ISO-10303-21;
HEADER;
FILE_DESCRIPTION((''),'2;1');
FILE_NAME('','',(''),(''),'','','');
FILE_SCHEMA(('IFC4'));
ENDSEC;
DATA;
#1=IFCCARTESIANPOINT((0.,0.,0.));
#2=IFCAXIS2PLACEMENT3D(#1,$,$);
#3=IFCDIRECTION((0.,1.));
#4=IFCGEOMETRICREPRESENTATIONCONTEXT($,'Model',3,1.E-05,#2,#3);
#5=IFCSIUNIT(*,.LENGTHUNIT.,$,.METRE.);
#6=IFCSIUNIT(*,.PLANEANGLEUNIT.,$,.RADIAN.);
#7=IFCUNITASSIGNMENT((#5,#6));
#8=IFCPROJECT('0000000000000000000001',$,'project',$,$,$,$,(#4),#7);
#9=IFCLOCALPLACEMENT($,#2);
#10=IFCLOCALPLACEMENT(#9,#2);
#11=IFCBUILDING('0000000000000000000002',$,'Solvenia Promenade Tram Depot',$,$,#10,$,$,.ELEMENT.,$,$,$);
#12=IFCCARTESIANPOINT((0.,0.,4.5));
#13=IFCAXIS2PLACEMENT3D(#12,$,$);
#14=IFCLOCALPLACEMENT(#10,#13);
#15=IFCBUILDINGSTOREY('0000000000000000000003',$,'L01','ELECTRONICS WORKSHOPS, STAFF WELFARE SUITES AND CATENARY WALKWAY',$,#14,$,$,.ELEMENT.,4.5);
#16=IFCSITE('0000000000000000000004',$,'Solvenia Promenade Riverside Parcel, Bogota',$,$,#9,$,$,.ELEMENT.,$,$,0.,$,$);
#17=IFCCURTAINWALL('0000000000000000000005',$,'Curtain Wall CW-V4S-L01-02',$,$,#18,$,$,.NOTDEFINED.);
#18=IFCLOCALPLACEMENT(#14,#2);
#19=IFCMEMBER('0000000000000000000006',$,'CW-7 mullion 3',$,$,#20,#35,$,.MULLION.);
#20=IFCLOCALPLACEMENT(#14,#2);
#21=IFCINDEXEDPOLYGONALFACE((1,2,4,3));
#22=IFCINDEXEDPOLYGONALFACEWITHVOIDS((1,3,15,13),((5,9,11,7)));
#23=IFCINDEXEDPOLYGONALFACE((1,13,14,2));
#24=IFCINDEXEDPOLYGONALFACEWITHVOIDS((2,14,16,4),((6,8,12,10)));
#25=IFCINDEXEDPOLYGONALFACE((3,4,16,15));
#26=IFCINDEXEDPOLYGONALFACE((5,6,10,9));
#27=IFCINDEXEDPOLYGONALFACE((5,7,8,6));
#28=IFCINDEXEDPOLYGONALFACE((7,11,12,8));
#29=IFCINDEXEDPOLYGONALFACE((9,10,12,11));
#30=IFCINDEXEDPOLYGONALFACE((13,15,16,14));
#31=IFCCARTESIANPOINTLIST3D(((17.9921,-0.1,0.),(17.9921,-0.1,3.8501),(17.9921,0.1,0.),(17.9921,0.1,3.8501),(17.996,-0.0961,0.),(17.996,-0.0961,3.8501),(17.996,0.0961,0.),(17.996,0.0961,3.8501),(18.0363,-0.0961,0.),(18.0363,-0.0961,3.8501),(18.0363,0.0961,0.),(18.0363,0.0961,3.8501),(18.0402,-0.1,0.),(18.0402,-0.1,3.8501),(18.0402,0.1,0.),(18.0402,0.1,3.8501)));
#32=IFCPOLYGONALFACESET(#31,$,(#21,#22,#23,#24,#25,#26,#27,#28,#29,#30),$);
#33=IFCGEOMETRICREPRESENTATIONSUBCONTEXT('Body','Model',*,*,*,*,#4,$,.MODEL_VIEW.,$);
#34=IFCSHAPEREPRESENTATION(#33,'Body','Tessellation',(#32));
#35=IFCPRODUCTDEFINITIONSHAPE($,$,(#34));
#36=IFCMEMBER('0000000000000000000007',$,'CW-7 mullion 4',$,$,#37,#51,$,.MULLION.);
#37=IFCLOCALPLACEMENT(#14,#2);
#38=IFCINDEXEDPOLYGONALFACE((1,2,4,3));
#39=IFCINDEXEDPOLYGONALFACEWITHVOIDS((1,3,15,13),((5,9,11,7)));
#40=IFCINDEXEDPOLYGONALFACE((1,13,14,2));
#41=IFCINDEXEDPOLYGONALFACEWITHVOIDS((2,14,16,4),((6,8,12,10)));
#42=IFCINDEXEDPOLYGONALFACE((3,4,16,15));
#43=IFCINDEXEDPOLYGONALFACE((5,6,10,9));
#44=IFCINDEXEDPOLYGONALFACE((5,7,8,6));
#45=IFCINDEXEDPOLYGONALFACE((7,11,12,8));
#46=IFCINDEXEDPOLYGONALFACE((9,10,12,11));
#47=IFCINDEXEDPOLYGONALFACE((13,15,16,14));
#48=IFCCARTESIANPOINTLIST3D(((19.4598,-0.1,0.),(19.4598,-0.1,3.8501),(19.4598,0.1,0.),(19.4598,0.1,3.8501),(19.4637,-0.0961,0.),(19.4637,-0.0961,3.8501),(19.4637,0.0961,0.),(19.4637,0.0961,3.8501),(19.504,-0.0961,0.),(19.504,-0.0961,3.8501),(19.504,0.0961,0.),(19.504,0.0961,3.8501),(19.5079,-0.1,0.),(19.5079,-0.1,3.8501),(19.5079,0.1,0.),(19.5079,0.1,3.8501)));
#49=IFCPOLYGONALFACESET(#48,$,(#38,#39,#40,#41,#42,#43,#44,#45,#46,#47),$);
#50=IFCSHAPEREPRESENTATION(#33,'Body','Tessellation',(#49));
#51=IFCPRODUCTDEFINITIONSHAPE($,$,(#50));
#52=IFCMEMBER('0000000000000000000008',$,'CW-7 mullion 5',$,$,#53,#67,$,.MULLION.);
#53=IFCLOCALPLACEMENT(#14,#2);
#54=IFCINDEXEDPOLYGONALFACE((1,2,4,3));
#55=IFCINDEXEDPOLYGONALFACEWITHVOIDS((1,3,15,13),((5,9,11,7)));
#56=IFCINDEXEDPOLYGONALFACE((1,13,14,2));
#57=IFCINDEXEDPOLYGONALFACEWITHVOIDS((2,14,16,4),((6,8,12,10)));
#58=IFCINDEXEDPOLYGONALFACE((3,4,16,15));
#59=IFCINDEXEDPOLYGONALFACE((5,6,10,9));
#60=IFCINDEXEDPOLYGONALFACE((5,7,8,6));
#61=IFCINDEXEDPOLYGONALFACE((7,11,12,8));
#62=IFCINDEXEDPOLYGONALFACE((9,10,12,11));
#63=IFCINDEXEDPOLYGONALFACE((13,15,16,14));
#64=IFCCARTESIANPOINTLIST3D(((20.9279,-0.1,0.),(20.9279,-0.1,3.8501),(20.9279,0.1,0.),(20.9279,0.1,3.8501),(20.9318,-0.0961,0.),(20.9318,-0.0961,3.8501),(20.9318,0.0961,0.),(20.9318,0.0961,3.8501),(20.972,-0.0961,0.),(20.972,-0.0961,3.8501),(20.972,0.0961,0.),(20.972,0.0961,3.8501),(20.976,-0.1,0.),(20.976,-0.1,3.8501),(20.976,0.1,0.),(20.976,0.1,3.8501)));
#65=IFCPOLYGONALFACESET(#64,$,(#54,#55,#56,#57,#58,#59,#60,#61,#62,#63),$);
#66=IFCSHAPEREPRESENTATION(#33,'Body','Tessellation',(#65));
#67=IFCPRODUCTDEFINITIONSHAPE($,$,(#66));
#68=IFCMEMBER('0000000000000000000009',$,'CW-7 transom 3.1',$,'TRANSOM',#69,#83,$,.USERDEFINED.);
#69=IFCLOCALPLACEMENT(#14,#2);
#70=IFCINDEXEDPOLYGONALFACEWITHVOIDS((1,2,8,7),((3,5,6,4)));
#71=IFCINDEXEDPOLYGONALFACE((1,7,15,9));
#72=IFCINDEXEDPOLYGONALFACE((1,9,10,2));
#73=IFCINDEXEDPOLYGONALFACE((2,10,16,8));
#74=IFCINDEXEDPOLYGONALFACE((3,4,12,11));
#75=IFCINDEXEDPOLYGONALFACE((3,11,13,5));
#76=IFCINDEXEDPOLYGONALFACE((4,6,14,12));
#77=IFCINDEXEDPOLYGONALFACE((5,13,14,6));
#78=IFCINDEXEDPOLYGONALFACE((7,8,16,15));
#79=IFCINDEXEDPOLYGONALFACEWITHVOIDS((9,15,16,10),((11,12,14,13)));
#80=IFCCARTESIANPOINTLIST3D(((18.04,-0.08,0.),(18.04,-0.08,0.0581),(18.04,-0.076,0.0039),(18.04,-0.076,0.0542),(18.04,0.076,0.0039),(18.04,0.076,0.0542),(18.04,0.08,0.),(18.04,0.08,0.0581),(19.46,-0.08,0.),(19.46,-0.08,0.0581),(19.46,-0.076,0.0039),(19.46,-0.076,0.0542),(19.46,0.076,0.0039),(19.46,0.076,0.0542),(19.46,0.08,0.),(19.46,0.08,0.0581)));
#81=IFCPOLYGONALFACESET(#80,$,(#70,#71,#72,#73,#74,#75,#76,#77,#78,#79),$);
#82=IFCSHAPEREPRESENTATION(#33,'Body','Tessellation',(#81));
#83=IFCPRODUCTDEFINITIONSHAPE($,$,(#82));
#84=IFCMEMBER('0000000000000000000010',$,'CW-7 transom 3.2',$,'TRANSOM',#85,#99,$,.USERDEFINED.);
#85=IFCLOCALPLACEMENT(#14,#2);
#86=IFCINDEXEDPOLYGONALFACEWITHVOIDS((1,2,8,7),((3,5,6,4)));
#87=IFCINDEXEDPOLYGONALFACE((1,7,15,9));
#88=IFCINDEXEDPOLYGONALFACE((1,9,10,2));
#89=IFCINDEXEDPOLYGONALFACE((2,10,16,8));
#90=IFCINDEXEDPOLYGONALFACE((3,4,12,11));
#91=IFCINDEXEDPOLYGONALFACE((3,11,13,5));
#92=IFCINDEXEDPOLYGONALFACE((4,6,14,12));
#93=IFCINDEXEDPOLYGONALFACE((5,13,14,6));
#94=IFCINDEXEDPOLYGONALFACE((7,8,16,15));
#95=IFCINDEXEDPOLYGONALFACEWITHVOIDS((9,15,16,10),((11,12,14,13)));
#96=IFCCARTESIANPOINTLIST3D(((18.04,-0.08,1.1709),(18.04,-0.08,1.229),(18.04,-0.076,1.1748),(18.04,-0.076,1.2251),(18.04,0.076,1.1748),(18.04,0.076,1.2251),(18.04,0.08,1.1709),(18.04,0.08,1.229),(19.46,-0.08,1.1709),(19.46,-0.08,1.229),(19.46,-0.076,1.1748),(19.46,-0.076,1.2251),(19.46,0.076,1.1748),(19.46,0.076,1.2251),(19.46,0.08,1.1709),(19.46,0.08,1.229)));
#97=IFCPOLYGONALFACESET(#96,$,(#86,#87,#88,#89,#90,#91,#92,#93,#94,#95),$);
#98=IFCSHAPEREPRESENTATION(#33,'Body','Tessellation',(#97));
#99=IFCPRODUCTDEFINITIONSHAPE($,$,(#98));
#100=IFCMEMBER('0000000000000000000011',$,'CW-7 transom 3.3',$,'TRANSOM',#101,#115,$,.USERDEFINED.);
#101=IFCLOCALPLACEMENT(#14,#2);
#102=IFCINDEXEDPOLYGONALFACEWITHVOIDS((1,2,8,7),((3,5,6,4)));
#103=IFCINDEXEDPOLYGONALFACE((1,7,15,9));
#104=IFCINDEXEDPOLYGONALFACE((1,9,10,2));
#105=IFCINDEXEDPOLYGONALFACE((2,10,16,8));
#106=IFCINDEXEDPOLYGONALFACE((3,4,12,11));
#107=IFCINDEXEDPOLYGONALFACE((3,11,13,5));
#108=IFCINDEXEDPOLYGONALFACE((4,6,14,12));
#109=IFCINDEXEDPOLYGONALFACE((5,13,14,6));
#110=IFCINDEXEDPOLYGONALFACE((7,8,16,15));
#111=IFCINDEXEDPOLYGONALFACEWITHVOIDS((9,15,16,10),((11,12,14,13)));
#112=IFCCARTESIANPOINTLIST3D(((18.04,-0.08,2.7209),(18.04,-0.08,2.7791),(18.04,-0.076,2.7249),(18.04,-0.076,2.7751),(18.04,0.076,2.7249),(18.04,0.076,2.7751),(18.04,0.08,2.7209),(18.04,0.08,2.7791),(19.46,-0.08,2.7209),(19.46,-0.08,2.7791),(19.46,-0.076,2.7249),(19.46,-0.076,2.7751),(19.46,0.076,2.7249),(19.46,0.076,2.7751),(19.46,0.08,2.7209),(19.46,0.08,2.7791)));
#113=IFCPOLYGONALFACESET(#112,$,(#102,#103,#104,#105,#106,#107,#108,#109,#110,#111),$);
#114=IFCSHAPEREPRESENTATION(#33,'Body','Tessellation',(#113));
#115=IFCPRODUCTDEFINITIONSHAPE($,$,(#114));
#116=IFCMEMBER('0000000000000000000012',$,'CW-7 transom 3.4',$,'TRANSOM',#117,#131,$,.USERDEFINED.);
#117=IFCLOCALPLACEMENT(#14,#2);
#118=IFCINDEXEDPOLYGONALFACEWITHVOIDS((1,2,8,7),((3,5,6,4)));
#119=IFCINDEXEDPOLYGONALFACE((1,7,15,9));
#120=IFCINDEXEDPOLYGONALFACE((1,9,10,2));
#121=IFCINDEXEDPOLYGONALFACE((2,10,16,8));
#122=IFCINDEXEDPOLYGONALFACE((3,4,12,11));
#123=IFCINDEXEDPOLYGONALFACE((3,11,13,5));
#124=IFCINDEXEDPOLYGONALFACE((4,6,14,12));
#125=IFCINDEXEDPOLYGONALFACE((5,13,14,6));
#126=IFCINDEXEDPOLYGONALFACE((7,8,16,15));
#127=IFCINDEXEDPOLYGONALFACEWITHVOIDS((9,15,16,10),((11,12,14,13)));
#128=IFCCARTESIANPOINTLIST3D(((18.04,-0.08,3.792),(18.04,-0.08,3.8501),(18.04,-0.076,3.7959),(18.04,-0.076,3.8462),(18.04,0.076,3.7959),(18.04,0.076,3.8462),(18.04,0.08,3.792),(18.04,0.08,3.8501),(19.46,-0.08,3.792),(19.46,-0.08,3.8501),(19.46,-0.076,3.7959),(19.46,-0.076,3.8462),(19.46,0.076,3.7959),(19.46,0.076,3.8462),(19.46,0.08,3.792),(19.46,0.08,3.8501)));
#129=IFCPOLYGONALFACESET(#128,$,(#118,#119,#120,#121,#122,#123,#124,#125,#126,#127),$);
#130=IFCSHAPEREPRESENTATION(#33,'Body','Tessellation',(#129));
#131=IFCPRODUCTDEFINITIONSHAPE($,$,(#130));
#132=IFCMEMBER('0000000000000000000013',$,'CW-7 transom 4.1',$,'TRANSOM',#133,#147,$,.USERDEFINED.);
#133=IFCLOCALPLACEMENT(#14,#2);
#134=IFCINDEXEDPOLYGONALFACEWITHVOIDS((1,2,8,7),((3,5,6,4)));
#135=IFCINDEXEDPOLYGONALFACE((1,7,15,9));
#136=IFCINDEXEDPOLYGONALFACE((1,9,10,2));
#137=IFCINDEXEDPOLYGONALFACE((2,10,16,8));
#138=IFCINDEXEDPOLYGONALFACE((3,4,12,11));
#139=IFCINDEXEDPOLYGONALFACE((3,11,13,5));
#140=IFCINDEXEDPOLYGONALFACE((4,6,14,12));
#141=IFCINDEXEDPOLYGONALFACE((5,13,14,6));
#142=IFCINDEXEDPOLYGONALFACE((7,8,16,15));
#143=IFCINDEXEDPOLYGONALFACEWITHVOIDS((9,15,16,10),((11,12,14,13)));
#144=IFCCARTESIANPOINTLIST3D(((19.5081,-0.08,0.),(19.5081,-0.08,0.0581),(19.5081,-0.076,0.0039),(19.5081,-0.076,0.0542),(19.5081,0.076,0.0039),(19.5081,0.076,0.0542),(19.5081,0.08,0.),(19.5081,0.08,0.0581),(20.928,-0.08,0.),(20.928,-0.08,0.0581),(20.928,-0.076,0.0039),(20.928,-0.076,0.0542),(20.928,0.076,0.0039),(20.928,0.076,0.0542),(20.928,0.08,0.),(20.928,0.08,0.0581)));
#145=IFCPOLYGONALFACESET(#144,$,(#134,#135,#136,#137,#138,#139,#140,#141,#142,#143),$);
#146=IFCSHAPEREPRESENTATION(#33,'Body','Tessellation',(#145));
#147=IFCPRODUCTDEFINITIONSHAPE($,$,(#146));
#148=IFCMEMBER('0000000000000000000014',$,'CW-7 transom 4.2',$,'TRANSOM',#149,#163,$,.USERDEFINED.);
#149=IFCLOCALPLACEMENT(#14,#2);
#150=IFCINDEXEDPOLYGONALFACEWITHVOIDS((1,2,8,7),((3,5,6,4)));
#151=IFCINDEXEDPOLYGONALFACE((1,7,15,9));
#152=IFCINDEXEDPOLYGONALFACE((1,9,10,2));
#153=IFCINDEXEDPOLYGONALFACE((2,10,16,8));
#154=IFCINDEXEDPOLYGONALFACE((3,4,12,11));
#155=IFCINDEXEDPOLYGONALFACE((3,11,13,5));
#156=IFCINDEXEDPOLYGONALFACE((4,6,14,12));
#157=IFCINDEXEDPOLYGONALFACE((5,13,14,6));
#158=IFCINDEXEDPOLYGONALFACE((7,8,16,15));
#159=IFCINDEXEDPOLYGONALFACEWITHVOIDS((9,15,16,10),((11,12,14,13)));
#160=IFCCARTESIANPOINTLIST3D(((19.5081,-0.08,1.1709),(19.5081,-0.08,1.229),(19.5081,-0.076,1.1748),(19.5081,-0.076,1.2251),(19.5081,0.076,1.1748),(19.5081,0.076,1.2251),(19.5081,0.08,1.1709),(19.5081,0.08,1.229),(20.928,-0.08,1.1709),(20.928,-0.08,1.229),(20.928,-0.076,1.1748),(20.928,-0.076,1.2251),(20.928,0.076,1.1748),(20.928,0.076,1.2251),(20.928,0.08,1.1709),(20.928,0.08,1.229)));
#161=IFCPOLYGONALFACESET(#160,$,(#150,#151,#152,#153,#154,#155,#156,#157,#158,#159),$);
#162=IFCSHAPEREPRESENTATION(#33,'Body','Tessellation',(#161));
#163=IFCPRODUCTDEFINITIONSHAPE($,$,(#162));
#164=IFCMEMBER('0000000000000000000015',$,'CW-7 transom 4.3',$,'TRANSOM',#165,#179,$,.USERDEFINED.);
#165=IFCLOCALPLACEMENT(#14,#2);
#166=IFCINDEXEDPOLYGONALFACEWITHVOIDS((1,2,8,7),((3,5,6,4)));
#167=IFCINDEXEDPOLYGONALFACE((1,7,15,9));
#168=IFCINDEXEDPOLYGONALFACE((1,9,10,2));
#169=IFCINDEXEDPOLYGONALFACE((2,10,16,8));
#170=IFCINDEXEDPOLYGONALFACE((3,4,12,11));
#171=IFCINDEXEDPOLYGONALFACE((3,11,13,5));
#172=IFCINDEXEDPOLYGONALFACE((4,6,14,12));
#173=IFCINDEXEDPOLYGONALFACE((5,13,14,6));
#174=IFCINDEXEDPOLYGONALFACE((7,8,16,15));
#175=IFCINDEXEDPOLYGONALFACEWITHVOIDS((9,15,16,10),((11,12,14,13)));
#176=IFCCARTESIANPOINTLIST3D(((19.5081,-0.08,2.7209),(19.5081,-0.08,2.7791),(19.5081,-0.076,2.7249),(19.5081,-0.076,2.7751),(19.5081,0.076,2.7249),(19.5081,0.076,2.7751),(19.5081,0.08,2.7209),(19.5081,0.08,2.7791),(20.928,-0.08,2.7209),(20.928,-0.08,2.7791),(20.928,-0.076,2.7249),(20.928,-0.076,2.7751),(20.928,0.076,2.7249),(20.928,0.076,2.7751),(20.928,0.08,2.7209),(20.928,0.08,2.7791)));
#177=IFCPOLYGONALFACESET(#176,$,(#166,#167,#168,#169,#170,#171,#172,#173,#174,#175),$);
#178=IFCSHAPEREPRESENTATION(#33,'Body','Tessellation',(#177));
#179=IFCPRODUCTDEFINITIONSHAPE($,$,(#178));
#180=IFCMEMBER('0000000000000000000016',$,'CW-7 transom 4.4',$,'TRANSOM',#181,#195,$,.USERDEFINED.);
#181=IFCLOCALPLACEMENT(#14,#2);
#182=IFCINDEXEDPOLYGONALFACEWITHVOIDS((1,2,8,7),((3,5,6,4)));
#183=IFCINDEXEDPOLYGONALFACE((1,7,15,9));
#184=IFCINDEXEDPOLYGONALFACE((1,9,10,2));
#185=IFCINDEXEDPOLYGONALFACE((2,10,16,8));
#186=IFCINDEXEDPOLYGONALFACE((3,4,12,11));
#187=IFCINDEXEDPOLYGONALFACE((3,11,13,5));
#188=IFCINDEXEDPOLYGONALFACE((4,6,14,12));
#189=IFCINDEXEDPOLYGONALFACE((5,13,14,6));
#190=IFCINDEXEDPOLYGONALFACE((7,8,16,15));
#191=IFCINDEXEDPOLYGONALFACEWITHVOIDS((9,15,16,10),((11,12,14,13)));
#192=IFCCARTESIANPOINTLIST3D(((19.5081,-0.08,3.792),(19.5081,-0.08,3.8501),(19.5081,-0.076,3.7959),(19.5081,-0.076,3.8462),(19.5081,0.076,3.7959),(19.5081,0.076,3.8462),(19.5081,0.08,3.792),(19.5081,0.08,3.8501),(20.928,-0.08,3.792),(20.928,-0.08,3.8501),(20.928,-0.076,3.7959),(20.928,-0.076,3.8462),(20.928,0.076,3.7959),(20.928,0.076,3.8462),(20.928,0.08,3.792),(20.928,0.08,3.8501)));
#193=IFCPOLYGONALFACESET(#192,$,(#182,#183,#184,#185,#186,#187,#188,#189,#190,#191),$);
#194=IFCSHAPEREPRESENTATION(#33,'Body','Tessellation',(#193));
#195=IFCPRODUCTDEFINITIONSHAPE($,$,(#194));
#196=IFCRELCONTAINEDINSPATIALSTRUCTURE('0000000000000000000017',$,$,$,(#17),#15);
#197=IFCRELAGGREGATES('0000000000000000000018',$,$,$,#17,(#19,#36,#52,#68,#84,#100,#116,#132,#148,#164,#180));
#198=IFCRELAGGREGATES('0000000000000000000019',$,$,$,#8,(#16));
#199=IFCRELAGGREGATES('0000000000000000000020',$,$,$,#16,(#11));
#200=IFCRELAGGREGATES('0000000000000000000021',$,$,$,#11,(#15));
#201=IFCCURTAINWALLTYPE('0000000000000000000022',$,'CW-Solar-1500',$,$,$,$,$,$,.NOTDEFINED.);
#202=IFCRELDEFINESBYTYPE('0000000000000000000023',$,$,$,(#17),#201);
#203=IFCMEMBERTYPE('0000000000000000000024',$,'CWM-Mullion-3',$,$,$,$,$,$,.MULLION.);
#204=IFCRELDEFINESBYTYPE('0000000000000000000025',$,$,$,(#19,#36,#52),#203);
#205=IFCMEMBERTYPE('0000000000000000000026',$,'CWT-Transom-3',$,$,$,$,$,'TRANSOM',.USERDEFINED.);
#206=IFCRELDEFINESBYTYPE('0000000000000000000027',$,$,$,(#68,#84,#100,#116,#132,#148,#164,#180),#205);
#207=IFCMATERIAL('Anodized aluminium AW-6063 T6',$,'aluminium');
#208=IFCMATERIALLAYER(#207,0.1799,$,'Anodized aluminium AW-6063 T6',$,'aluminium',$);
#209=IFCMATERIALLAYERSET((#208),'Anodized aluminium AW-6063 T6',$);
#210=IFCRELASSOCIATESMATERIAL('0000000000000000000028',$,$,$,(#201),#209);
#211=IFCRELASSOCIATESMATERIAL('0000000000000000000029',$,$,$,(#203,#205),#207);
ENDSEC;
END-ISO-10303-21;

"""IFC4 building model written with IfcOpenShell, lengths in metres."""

from ifc_helpers import new_model, si_unit, direction, frame, origin, origin_2d, place, context, subcontext, project, spatial, hollow_rectangle, extrude, material, layer, layer_set, material_profile, profile_set, type_object, element, aggregate, save


model = new_model("IFC4")

# Units and contexts
model_context = context("Model", 3, precision=1e-05, world=origin(), true_north=direction((0.0, 1.0)))
body_context = subcontext(model_context, "Body", "Model", "MODEL_VIEW")
ifc_project = project(units=[si_unit("LENGTHUNIT", "METRE"), si_unit("PLANEANGLEUNIT", "RADIAN")], contexts=[model_context])

# Site, building, storey
site_placement = place(None, origin())
site = spatial("IfcSite", under=ifc_project, at=site_placement, Name="Solvenia Promenade Riverside Parcel, Bogota", CompositionType="ELEMENT", RefElevation=0.0)
building_placement = place(site_placement, origin())
building = spatial("IfcBuilding", under=site, at=building_placement, Name="Solvenia Promenade Tram Depot", CompositionType="ELEMENT")
storey_placement = place(building_placement, frame((0.0, 0.0, 4.5)))
storey = spatial("IfcBuildingStorey", under=building, at=storey_placement, Name="L01", Description="ELECTRONICS WORKSHOPS, STAFF WELFARE SUITES AND CATENARY WALKWAY", CompositionType="ELEMENT", Elevation=4.5)

# Curtain wall, members
ifc_material_1 = material(Name="Anodized aluminium AW-6063 T6", Category="aluminium")
ifc_layer_1 = layer(ifc_material_1, 0.1799, Name="Anodized aluminium AW-6063 T6", Category="aluminium")
ifc_layer_set_1 = layer_set([ifc_layer_1], Name="Anodized aluminium AW-6063 T6")
curtain_wall_type = type_object("IfcCurtainWallType", Name="CW-Solar-1500", PredefinedType="NOTDEFINED", material=ifc_layer_set_1)
curtain_wall_placement = place(storey_placement, origin())
curtain_wall = element("IfcCurtainWall", 1, at=curtain_wall_placement, inside=storey, type_object=curtain_wall_type, Name="Curtain Wall CW-V4S-L01-02", PredefinedType="NOTDEFINED")
ifc_material_profile_1 = material_profile(ifc_material_1, hollow_rectangle(XDim=0.2, YDim=0.0481, WallThickness=0.0039, at=origin_2d()), Name="ALU-M3", Category="aluminium")
ifc_profile_set_1 = profile_set([ifc_material_profile_1], Name="Anodized aluminium AW-6063 T6")
member_type_1 = type_object("IfcMemberType", Name="CWM-Mullion-3", PredefinedType="MULLION", material=ifc_profile_set_1)
member_1_placement = place(storey_placement, frame((18.0161, 0.0, 0.0), z_axis=(0.0, 0.0, 1.0), x_axis=(0.0, 1.0, 0.0)))
member_1 = element("IfcMember", 2, at=member_1_placement, type_object=member_type_1, Name="CW-7 mullion 3", PredefinedType="MULLION", context=body_context, shape_type="SweptSolid", body=[
    extrude(hollow_rectangle(XDim=0.2, YDim=0.0481, WallThickness=0.0039, at=origin_2d()), origin(), (0.0, 0.0, 1.0), 3.8501),
])
member_2_placement = place(storey_placement, frame((19.4839, 0.0, 0.0), z_axis=(0.0, 0.0, 1.0), x_axis=(0.0, 1.0, 0.0)))
member_2 = element("IfcMember", 3, at=member_2_placement, type_object=member_type_1, Name="CW-7 mullion 4", PredefinedType="MULLION", context=body_context, shape_type="SweptSolid", body=[
    extrude(hollow_rectangle(XDim=0.2, YDim=0.0481, WallThickness=0.0039, at=origin_2d()), origin(), (0.0, 0.0, 1.0), 3.8501),
])
member_3_placement = place(storey_placement, frame((20.9519, 0.0, 0.0), z_axis=(0.0, 0.0, 1.0), x_axis=(0.0, 1.0, 0.0)))
member_3 = element("IfcMember", 4, at=member_3_placement, type_object=member_type_1, Name="CW-7 mullion 5", PredefinedType="MULLION", context=body_context, shape_type="SweptSolid", body=[
    extrude(hollow_rectangle(XDim=0.2, YDim=0.0481, WallThickness=0.0039, at=origin_2d()), origin(), (0.0, 0.0, 1.0), 3.8501),
])
ifc_material_profile_2 = material_profile(ifc_material_1, hollow_rectangle(XDim=0.1599, YDim=0.0581, WallThickness=0.0039, at=origin_2d()), Name="ALU-T3", Category="aluminium")
ifc_profile_set_2 = profile_set([ifc_material_profile_2], Name="Anodized aluminium AW-6063 T6")
member_type_2 = type_object("IfcMemberType", Name="CWT-Transom-3", ElementType="TRANSOM", PredefinedType="USERDEFINED", material=ifc_profile_set_2)
member_4_placement = place(storey_placement, frame((18.04, 0.0, 0.0291), z_axis=(1.0, 0.0, 0.0), x_axis=(0.0, 1.0, 0.0)))
member_4 = element("IfcMember", 5, at=member_4_placement, type_object=member_type_2, Name="CW-7 transom 3.1", ObjectType="TRANSOM", PredefinedType="USERDEFINED", context=body_context, shape_type="SweptSolid", body=[
    extrude(hollow_rectangle(XDim=0.1599, YDim=0.0581, WallThickness=0.0039, at=origin_2d()), origin(), (0.0, 0.0, 1.0), 1.4199),
])
member_5_placement = place(storey_placement, frame((18.04, 0.0, 1.2), z_axis=(1.0, 0.0, 0.0), x_axis=(0.0, 1.0, 0.0)))
member_5 = element("IfcMember", 6, at=member_5_placement, type_object=member_type_2, Name="CW-7 transom 3.2", ObjectType="TRANSOM", PredefinedType="USERDEFINED", context=body_context, shape_type="SweptSolid", body=[
    extrude(hollow_rectangle(XDim=0.1599, YDim=0.0581, WallThickness=0.0039, at=origin_2d()), origin(), (0.0, 0.0, 1.0), 1.4199),
])
member_6_placement = place(storey_placement, frame((18.04, 0.0, 2.75), z_axis=(1.0, 0.0, 0.0), x_axis=(0.0, 1.0, 0.0)))
member_6 = element("IfcMember", 7, at=member_6_placement, type_object=member_type_2, Name="CW-7 transom 3.3", ObjectType="TRANSOM", PredefinedType="USERDEFINED", context=body_context, shape_type="SweptSolid", body=[
    extrude(hollow_rectangle(XDim=0.1599, YDim=0.0581, WallThickness=0.0039, at=origin_2d()), origin(), (0.0, 0.0, 1.0), 1.4199),
])
member_7_placement = place(storey_placement, frame((18.04, 0.0, 3.821), z_axis=(1.0, 0.0, 0.0), x_axis=(0.0, 1.0, 0.0)))
member_7 = element("IfcMember", 8, at=member_7_placement, type_object=member_type_2, Name="CW-7 transom 3.4", ObjectType="TRANSOM", PredefinedType="USERDEFINED", context=body_context, shape_type="SweptSolid", body=[
    extrude(hollow_rectangle(XDim=0.1599, YDim=0.0581, WallThickness=0.0039, at=origin_2d()), origin(), (0.0, 0.0, 1.0), 1.4199),
])
member_8_placement = place(storey_placement, frame((19.5081, 0.0, 0.0291), z_axis=(1.0, 0.0, 0.0), x_axis=(0.0, 1.0, 0.0)))
member_8 = element("IfcMember", 9, at=member_8_placement, type_object=member_type_2, Name="CW-7 transom 4.1", ObjectType="TRANSOM", PredefinedType="USERDEFINED", context=body_context, shape_type="SweptSolid", body=[
    extrude(hollow_rectangle(XDim=0.1599, YDim=0.0581, WallThickness=0.0039, at=origin_2d()), origin(), (0.0, 0.0, 1.0), 1.4199),
])
member_9_placement = place(storey_placement, frame((19.5081, 0.0, 1.2), z_axis=(1.0, 0.0, 0.0), x_axis=(0.0, 1.0, 0.0)))
member_9 = element("IfcMember", 10, at=member_9_placement, type_object=member_type_2, Name="CW-7 transom 4.2", ObjectType="TRANSOM", PredefinedType="USERDEFINED", context=body_context, shape_type="SweptSolid", body=[
    extrude(hollow_rectangle(XDim=0.1599, YDim=0.0581, WallThickness=0.0039, at=origin_2d()), origin(), (0.0, 0.0, 1.0), 1.4199),
])
member_10_placement = place(storey_placement, frame((19.5081, 0.0, 2.75), z_axis=(1.0, 0.0, 0.0), x_axis=(0.0, 1.0, 0.0)))
member_10 = element("IfcMember", 11, at=member_10_placement, type_object=member_type_2, Name="CW-7 transom 4.3", ObjectType="TRANSOM", PredefinedType="USERDEFINED", context=body_context, shape_type="SweptSolid", body=[
    extrude(hollow_rectangle(XDim=0.1599, YDim=0.0581, WallThickness=0.0039, at=origin_2d()), origin(), (0.0, 0.0, 1.0), 1.4199),
])
member_11_placement = place(storey_placement, frame((19.5081, 0.0, 3.821), z_axis=(1.0, 0.0, 0.0), x_axis=(0.0, 1.0, 0.0)))
member_11 = element("IfcMember", 12, at=member_11_placement, type_object=member_type_2, Name="CW-7 transom 4.4", ObjectType="TRANSOM", PredefinedType="USERDEFINED", context=body_context, shape_type="SweptSolid", body=[
    extrude(hollow_rectangle(XDim=0.1599, YDim=0.0581, WallThickness=0.0039, at=origin_2d()), origin(), (0.0, 0.0, 1.0), 1.4199),
])
aggregate(curtain_wall, [member_1, member_2, member_3, member_4, member_5, member_6, member_7, member_8, member_9, member_10, member_11])

save(model, "model.ifc")
